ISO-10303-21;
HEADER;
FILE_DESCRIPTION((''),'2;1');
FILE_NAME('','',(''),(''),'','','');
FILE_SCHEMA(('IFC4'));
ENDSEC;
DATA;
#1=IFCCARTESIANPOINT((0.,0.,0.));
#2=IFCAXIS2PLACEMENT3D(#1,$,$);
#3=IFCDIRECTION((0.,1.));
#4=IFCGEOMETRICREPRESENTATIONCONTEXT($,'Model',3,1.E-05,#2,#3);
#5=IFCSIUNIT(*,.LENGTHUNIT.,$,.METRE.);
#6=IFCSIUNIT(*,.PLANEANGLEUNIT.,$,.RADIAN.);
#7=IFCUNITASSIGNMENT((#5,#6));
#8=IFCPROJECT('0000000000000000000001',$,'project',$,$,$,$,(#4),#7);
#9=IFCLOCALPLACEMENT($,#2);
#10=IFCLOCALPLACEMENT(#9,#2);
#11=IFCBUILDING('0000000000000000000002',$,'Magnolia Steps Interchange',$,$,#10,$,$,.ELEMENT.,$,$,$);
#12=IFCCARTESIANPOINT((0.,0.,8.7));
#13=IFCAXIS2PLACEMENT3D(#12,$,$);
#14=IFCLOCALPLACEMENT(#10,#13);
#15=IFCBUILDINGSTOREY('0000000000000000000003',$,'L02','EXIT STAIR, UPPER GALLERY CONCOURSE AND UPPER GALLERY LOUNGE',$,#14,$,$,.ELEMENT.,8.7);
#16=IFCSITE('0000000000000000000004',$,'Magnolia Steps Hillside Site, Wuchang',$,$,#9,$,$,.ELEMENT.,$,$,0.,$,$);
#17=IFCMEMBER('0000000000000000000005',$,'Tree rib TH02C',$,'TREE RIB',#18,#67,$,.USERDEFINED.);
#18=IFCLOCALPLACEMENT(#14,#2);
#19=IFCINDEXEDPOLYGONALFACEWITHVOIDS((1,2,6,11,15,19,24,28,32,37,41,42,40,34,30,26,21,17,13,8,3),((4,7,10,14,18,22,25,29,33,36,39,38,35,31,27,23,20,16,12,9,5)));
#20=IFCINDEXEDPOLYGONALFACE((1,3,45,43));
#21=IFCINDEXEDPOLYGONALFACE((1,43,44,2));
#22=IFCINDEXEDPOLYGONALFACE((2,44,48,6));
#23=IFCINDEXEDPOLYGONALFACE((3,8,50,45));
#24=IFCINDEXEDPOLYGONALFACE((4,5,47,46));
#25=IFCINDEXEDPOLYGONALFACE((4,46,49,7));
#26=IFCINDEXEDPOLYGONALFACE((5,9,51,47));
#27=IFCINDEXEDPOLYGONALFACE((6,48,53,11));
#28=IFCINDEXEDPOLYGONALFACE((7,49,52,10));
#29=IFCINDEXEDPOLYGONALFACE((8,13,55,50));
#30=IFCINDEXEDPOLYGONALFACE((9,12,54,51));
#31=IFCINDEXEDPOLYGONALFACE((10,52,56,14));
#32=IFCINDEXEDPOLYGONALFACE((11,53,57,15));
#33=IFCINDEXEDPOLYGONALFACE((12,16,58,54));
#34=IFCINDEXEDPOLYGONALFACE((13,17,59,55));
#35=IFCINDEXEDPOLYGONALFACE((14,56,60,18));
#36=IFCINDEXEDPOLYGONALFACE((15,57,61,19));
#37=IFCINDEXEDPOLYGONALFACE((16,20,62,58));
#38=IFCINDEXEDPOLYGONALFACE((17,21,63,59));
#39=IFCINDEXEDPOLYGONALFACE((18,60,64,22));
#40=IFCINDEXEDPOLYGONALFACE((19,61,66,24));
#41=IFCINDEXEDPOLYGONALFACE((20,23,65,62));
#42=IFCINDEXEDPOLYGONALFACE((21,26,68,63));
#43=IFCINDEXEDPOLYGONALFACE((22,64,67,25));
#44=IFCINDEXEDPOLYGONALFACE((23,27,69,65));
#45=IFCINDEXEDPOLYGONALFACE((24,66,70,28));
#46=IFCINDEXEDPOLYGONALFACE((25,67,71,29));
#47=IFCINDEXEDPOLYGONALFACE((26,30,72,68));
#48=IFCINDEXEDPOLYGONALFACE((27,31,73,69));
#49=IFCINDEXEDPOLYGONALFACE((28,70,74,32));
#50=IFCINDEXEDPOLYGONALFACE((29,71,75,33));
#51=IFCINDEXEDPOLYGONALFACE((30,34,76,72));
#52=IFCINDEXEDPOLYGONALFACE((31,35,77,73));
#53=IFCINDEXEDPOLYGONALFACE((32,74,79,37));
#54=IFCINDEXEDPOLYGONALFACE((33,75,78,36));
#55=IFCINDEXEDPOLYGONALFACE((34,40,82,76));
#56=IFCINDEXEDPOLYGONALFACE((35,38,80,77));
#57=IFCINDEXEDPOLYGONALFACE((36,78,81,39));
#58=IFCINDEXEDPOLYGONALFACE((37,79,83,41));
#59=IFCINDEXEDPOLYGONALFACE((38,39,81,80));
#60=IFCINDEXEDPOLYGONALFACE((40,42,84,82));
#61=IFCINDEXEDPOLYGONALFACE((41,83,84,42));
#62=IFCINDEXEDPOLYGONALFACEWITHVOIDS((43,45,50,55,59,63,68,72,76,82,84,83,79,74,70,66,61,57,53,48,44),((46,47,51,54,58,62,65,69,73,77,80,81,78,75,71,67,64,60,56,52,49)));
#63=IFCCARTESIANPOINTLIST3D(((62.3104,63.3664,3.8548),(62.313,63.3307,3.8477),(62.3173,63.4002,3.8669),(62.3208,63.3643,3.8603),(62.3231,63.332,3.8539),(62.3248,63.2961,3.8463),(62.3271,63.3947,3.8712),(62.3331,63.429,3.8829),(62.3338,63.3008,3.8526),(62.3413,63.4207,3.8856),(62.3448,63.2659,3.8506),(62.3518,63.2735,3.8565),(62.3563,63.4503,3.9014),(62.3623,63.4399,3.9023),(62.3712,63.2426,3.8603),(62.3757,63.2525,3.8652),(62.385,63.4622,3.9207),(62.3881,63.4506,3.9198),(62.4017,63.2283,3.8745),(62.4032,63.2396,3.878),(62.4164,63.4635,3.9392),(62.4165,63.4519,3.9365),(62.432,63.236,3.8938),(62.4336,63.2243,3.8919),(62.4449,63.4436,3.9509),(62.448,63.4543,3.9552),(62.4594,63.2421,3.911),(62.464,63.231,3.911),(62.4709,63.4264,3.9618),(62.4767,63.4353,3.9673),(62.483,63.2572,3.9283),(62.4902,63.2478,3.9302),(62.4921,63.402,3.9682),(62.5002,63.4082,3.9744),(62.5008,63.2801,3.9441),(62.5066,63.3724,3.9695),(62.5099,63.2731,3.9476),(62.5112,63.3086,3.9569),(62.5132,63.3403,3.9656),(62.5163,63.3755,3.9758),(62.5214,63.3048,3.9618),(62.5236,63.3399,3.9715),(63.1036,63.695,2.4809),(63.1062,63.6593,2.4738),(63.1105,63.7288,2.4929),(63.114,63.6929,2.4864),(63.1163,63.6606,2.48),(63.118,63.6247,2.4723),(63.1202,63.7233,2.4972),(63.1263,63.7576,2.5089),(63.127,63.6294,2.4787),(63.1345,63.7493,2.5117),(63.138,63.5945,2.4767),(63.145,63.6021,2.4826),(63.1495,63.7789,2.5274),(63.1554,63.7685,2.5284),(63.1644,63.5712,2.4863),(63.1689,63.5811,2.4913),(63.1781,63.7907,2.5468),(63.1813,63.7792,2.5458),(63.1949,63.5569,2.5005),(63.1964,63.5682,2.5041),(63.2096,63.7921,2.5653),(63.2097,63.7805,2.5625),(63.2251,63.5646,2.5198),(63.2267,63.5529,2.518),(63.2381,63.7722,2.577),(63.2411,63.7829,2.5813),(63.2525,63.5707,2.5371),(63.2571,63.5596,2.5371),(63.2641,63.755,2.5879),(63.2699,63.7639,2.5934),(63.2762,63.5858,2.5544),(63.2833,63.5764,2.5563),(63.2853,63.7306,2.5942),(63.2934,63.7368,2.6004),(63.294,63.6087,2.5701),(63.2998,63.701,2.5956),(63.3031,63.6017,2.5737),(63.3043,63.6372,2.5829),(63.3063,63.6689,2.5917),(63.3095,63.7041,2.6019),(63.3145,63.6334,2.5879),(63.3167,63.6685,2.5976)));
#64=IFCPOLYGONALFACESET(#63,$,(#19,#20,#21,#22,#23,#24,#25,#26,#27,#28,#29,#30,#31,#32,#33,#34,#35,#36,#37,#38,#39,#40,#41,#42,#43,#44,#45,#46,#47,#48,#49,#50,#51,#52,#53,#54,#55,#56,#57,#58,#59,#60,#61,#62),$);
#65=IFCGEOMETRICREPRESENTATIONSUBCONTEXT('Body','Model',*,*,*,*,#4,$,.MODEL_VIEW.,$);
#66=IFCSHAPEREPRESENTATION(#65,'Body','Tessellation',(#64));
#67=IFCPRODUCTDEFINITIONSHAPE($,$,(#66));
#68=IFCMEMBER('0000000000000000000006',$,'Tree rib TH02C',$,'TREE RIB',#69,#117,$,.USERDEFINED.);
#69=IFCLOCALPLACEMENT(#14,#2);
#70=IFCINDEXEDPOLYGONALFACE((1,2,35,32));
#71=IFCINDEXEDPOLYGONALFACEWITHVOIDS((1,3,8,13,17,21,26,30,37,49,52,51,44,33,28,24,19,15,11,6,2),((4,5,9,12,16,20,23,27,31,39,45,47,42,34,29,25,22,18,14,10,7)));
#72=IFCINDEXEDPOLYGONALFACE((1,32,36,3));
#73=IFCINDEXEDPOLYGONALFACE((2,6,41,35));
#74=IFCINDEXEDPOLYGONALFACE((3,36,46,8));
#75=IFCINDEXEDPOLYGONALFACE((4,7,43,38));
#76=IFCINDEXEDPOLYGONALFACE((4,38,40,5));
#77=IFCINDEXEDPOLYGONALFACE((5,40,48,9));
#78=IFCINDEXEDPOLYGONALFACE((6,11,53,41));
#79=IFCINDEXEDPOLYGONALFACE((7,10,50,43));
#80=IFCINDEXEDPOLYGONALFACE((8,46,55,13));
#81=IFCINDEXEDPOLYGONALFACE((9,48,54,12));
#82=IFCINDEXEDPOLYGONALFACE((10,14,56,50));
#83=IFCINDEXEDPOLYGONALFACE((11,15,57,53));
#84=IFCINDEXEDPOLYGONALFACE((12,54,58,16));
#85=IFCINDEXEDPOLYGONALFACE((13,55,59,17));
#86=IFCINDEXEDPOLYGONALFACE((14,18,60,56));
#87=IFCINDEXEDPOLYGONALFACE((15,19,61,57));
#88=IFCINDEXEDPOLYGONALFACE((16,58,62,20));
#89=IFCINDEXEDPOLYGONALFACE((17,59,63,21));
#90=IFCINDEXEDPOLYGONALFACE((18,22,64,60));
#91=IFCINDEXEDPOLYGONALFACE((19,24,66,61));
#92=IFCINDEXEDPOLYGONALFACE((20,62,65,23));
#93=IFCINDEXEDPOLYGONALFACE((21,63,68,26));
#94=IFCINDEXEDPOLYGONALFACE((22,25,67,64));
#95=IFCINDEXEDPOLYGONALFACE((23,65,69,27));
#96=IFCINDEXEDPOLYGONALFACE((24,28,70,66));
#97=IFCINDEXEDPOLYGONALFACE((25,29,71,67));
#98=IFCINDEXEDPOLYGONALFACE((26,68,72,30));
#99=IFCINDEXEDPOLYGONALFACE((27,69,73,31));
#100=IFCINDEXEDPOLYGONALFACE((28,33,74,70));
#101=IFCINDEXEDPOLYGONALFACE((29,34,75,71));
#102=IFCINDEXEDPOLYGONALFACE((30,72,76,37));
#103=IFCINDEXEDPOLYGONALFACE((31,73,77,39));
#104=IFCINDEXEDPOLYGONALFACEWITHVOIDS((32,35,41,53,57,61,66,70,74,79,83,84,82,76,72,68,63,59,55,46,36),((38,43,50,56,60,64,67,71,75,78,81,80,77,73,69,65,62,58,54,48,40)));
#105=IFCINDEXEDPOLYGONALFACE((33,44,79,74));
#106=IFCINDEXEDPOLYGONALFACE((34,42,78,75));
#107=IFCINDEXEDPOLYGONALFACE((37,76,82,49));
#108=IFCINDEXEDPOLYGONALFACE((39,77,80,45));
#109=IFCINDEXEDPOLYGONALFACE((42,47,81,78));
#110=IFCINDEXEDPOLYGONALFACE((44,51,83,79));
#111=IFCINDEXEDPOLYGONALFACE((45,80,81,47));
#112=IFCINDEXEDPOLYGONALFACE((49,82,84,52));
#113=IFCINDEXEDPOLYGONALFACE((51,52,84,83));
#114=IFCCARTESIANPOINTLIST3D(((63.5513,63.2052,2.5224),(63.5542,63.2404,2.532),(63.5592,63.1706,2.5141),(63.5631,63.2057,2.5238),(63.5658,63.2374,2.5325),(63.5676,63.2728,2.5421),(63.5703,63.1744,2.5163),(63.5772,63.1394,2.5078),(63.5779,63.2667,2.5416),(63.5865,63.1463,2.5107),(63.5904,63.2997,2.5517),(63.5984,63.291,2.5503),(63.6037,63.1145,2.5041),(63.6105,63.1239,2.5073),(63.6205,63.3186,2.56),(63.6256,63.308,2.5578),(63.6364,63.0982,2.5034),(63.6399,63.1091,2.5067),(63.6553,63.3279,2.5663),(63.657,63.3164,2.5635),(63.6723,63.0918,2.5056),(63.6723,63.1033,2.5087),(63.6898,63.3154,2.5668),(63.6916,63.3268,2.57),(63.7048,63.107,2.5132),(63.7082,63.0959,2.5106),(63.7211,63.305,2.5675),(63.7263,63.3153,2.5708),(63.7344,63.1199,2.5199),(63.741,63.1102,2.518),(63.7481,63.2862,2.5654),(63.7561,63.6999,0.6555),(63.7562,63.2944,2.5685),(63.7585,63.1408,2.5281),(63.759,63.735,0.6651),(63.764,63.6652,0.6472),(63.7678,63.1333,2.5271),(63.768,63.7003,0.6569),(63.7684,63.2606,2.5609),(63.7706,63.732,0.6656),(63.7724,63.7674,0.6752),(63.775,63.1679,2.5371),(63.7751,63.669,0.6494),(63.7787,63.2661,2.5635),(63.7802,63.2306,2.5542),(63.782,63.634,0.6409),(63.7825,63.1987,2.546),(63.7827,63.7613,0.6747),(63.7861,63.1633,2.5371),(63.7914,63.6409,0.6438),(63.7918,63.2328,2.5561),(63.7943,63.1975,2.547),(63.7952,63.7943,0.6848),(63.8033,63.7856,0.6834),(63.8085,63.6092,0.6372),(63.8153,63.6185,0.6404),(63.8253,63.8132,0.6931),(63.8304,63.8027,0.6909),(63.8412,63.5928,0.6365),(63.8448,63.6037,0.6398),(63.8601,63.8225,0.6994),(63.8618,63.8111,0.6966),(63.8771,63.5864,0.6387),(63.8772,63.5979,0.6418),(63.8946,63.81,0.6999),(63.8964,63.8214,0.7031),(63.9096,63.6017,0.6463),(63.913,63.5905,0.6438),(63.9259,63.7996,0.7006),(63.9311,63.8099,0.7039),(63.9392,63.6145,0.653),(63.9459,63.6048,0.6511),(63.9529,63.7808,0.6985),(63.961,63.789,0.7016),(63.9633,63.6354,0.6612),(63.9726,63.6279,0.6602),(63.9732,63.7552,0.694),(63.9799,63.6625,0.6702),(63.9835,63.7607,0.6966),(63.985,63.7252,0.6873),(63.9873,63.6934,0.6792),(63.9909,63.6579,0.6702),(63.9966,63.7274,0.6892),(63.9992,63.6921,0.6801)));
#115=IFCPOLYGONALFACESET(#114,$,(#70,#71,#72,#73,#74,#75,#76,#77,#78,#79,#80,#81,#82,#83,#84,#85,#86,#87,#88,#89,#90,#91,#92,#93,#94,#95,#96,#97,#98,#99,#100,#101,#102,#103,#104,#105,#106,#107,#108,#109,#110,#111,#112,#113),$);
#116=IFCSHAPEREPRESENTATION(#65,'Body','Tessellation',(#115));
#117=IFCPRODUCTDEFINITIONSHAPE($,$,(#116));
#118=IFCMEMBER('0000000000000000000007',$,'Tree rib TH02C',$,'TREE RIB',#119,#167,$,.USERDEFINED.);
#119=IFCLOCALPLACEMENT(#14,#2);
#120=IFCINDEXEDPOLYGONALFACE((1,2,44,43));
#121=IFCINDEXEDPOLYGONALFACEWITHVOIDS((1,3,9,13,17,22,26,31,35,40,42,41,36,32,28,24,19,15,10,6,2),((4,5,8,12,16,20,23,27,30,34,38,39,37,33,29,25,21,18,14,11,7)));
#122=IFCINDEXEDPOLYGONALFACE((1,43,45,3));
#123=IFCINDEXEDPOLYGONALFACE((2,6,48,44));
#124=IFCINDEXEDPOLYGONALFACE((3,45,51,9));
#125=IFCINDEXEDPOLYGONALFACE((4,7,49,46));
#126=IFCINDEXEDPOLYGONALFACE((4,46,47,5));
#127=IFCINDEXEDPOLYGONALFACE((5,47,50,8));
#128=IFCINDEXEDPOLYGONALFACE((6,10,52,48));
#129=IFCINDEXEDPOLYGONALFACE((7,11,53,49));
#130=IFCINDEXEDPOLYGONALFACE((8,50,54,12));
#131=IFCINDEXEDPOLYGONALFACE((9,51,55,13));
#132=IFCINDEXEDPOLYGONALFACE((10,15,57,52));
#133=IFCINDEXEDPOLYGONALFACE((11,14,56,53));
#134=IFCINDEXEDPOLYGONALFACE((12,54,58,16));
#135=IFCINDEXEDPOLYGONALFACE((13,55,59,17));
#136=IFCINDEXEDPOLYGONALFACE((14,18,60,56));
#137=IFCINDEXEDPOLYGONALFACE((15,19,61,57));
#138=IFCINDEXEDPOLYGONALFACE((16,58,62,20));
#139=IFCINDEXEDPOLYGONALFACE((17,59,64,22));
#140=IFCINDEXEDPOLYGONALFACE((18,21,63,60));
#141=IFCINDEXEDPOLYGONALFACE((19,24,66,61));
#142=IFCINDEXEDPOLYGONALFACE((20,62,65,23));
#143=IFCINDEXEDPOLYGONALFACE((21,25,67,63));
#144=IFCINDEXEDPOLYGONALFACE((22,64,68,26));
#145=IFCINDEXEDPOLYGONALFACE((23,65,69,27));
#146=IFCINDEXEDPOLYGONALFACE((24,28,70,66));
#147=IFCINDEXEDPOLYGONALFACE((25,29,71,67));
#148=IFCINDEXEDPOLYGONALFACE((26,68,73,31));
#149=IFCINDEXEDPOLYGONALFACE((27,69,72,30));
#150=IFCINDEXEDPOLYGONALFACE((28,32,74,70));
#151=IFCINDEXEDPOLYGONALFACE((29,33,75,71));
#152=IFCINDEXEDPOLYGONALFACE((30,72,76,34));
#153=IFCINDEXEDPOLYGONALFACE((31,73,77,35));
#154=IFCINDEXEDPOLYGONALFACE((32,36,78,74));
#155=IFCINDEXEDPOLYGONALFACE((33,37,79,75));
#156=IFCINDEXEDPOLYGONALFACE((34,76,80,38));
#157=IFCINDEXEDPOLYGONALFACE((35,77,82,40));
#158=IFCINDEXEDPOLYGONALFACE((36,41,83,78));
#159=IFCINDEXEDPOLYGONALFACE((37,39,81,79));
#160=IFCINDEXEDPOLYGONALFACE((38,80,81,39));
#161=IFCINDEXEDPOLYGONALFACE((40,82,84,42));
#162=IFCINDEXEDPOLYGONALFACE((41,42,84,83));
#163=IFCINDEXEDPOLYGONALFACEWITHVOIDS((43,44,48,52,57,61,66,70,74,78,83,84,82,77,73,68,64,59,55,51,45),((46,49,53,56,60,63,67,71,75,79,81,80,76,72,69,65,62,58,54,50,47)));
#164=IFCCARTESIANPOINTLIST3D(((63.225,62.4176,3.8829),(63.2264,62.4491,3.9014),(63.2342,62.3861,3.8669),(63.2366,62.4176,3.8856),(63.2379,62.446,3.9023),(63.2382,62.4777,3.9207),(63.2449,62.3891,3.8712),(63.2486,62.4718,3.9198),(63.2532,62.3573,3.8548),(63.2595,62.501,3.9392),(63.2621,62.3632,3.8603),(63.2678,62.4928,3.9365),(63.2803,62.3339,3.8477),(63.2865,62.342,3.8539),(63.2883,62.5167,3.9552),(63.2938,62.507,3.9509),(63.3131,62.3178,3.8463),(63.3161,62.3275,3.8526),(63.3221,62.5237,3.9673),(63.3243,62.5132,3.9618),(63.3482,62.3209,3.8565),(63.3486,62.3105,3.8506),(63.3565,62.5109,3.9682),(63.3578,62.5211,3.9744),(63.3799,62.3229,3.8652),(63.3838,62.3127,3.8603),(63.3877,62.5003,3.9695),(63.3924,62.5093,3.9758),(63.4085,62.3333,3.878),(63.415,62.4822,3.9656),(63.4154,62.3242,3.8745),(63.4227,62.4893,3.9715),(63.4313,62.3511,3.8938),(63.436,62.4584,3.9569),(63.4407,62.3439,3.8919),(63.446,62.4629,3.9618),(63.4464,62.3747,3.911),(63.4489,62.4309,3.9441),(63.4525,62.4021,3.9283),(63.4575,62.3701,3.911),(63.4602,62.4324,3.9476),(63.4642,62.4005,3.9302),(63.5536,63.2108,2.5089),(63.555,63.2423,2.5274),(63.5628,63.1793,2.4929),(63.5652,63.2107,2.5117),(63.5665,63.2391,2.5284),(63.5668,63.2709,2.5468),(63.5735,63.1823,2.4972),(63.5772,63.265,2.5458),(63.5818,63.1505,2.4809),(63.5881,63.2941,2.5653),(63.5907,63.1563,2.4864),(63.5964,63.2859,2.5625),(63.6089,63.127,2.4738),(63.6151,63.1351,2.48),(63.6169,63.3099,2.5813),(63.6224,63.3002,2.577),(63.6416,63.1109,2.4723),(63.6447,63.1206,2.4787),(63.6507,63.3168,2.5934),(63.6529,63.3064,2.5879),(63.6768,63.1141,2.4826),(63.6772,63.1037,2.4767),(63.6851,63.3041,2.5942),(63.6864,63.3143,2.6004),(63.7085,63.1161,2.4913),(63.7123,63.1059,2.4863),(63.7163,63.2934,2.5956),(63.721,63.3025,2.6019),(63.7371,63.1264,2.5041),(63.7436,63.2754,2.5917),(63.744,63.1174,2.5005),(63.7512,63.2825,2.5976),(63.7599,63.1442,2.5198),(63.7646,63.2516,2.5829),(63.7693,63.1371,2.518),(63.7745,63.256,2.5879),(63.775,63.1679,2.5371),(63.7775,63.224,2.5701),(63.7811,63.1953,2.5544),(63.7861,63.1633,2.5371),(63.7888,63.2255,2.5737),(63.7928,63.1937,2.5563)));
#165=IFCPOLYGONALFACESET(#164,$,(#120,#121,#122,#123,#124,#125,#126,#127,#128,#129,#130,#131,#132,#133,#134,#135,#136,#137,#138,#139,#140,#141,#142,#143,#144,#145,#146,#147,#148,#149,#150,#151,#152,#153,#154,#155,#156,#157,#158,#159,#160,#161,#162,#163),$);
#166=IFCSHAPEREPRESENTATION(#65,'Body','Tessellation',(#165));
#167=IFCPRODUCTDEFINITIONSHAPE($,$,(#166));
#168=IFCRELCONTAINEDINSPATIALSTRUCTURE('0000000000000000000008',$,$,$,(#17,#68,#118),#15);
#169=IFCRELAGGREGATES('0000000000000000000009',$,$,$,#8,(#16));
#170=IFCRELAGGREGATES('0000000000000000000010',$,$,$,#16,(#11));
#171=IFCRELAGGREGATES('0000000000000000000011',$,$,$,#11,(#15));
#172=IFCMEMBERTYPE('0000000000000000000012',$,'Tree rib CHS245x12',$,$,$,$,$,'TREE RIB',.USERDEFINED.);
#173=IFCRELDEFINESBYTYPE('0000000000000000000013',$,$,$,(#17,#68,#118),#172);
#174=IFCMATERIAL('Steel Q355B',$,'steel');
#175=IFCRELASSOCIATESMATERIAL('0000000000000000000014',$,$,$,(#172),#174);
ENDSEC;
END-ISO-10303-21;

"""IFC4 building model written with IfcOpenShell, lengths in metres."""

from ifc_helpers import new_model, si_unit, direction, frame, origin, origin_2d, place, context, subcontext, project, spatial, hollow_circle, extrude, material, material_profile, profile_set, type_object, element, save


model = new_model("IFC4")

# Units and contexts
model_context = context("Model", 3, precision=1e-05, world=origin(), true_north=direction((0.0, 1.0)))
body_context = subcontext(model_context, "Body", "Model", "MODEL_VIEW")
ifc_project = project(units=[si_unit("LENGTHUNIT", "METRE"), si_unit("PLANEANGLEUNIT", "RADIAN")], contexts=[model_context])

# Site, building, storey
site_placement = place(None, origin())
site = spatial("IfcSite", under=ifc_project, at=site_placement, Name="Magnolia Steps Hillside Site, Wuchang", CompositionType="ELEMENT", RefElevation=0.0)
building_placement = place(site_placement, origin())
building = spatial("IfcBuilding", under=site, at=building_placement, Name="Magnolia Steps Interchange", CompositionType="ELEMENT")
storey_placement = place(building_placement, frame((0.0, 0.0, 8.7)))
storey = spatial("IfcBuildingStorey", under=building, at=storey_placement, Name="L02", Description="EXIT STAIR, UPPER GALLERY CONCOURSE AND UPPER GALLERY LOUNGE", CompositionType="ELEMENT", Elevation=8.7)

# Members
ifc_material_1 = material(Name="Steel Q355B", Category="steel")
ifc_material_profile_1 = material_profile(ifc_material_1, hollow_circle(Radius=0.1226, WallThickness=0.012, at=origin_2d()), Name="CHS245x12")
ifc_profile_set_1 = profile_set([ifc_material_profile_1], Name="Steel Q355B")
member_type = type_object("IfcMemberType", Name="Tree rib CHS245x12", ElementType="TREE RIB", PredefinedType="USERDEFINED", material=ifc_profile_set_1)
member_1_placement = place(storey_placement, frame((63.2102, 63.6729, 2.5371), z_axis=(-0.489571, -0.20282, 0.848047), x_axis=(0.382737, -0.923857, 0.0)))
element("IfcMember", 1, at=member_1_placement, inside=storey, type_object=member_type, Name="Tree rib TH02C", ObjectType="TREE RIB", PredefinedType="USERDEFINED", context=body_context, shape_type="SweptSolid", body=[
    extrude(hollow_circle(Radius=0.1226, WallThickness=0.012, at=origin_2d()), origin(), (0.0, 0.0, 1.0), 1.6201),
])
member_2_placement = place(storey_placement, frame((63.8777, 63.7048, 0.6702), z_axis=(-0.105466, -0.254676, 0.961258), x_axis=(0.923911, -0.382607, 0.0)))
element("IfcMember", 2, at=member_2_placement, inside=storey, type_object=member_type, Name="Tree rib TH02C", ObjectType="TREE RIB", PredefinedType="USERDEFINED", context=body_context, shape_type="SweptSolid", body=[
    extrude(hollow_circle(Radius=0.1226, WallThickness=0.012, at=origin_2d()), origin(), (0.0, 0.0, 1.0), 1.9421),
])
member_3_placement = place(storey_placement, frame((63.6729, 63.2102, 2.5371), z_axis=(-0.20282, -0.489571, 0.848047), x_axis=(0.923857, -0.382737, 0.0)))
element("IfcMember", 3, at=member_3_placement, inside=storey, type_object=member_type, Name="Tree rib TH02C", ObjectType="TREE RIB", PredefinedType="USERDEFINED", context=body_context, shape_type="SweptSolid", body=[
    extrude(hollow_circle(Radius=0.1226, WallThickness=0.012, at=origin_2d()), origin(), (0.0, 0.0, 1.0), 1.6201),
])

save(model, "model.ifc")
